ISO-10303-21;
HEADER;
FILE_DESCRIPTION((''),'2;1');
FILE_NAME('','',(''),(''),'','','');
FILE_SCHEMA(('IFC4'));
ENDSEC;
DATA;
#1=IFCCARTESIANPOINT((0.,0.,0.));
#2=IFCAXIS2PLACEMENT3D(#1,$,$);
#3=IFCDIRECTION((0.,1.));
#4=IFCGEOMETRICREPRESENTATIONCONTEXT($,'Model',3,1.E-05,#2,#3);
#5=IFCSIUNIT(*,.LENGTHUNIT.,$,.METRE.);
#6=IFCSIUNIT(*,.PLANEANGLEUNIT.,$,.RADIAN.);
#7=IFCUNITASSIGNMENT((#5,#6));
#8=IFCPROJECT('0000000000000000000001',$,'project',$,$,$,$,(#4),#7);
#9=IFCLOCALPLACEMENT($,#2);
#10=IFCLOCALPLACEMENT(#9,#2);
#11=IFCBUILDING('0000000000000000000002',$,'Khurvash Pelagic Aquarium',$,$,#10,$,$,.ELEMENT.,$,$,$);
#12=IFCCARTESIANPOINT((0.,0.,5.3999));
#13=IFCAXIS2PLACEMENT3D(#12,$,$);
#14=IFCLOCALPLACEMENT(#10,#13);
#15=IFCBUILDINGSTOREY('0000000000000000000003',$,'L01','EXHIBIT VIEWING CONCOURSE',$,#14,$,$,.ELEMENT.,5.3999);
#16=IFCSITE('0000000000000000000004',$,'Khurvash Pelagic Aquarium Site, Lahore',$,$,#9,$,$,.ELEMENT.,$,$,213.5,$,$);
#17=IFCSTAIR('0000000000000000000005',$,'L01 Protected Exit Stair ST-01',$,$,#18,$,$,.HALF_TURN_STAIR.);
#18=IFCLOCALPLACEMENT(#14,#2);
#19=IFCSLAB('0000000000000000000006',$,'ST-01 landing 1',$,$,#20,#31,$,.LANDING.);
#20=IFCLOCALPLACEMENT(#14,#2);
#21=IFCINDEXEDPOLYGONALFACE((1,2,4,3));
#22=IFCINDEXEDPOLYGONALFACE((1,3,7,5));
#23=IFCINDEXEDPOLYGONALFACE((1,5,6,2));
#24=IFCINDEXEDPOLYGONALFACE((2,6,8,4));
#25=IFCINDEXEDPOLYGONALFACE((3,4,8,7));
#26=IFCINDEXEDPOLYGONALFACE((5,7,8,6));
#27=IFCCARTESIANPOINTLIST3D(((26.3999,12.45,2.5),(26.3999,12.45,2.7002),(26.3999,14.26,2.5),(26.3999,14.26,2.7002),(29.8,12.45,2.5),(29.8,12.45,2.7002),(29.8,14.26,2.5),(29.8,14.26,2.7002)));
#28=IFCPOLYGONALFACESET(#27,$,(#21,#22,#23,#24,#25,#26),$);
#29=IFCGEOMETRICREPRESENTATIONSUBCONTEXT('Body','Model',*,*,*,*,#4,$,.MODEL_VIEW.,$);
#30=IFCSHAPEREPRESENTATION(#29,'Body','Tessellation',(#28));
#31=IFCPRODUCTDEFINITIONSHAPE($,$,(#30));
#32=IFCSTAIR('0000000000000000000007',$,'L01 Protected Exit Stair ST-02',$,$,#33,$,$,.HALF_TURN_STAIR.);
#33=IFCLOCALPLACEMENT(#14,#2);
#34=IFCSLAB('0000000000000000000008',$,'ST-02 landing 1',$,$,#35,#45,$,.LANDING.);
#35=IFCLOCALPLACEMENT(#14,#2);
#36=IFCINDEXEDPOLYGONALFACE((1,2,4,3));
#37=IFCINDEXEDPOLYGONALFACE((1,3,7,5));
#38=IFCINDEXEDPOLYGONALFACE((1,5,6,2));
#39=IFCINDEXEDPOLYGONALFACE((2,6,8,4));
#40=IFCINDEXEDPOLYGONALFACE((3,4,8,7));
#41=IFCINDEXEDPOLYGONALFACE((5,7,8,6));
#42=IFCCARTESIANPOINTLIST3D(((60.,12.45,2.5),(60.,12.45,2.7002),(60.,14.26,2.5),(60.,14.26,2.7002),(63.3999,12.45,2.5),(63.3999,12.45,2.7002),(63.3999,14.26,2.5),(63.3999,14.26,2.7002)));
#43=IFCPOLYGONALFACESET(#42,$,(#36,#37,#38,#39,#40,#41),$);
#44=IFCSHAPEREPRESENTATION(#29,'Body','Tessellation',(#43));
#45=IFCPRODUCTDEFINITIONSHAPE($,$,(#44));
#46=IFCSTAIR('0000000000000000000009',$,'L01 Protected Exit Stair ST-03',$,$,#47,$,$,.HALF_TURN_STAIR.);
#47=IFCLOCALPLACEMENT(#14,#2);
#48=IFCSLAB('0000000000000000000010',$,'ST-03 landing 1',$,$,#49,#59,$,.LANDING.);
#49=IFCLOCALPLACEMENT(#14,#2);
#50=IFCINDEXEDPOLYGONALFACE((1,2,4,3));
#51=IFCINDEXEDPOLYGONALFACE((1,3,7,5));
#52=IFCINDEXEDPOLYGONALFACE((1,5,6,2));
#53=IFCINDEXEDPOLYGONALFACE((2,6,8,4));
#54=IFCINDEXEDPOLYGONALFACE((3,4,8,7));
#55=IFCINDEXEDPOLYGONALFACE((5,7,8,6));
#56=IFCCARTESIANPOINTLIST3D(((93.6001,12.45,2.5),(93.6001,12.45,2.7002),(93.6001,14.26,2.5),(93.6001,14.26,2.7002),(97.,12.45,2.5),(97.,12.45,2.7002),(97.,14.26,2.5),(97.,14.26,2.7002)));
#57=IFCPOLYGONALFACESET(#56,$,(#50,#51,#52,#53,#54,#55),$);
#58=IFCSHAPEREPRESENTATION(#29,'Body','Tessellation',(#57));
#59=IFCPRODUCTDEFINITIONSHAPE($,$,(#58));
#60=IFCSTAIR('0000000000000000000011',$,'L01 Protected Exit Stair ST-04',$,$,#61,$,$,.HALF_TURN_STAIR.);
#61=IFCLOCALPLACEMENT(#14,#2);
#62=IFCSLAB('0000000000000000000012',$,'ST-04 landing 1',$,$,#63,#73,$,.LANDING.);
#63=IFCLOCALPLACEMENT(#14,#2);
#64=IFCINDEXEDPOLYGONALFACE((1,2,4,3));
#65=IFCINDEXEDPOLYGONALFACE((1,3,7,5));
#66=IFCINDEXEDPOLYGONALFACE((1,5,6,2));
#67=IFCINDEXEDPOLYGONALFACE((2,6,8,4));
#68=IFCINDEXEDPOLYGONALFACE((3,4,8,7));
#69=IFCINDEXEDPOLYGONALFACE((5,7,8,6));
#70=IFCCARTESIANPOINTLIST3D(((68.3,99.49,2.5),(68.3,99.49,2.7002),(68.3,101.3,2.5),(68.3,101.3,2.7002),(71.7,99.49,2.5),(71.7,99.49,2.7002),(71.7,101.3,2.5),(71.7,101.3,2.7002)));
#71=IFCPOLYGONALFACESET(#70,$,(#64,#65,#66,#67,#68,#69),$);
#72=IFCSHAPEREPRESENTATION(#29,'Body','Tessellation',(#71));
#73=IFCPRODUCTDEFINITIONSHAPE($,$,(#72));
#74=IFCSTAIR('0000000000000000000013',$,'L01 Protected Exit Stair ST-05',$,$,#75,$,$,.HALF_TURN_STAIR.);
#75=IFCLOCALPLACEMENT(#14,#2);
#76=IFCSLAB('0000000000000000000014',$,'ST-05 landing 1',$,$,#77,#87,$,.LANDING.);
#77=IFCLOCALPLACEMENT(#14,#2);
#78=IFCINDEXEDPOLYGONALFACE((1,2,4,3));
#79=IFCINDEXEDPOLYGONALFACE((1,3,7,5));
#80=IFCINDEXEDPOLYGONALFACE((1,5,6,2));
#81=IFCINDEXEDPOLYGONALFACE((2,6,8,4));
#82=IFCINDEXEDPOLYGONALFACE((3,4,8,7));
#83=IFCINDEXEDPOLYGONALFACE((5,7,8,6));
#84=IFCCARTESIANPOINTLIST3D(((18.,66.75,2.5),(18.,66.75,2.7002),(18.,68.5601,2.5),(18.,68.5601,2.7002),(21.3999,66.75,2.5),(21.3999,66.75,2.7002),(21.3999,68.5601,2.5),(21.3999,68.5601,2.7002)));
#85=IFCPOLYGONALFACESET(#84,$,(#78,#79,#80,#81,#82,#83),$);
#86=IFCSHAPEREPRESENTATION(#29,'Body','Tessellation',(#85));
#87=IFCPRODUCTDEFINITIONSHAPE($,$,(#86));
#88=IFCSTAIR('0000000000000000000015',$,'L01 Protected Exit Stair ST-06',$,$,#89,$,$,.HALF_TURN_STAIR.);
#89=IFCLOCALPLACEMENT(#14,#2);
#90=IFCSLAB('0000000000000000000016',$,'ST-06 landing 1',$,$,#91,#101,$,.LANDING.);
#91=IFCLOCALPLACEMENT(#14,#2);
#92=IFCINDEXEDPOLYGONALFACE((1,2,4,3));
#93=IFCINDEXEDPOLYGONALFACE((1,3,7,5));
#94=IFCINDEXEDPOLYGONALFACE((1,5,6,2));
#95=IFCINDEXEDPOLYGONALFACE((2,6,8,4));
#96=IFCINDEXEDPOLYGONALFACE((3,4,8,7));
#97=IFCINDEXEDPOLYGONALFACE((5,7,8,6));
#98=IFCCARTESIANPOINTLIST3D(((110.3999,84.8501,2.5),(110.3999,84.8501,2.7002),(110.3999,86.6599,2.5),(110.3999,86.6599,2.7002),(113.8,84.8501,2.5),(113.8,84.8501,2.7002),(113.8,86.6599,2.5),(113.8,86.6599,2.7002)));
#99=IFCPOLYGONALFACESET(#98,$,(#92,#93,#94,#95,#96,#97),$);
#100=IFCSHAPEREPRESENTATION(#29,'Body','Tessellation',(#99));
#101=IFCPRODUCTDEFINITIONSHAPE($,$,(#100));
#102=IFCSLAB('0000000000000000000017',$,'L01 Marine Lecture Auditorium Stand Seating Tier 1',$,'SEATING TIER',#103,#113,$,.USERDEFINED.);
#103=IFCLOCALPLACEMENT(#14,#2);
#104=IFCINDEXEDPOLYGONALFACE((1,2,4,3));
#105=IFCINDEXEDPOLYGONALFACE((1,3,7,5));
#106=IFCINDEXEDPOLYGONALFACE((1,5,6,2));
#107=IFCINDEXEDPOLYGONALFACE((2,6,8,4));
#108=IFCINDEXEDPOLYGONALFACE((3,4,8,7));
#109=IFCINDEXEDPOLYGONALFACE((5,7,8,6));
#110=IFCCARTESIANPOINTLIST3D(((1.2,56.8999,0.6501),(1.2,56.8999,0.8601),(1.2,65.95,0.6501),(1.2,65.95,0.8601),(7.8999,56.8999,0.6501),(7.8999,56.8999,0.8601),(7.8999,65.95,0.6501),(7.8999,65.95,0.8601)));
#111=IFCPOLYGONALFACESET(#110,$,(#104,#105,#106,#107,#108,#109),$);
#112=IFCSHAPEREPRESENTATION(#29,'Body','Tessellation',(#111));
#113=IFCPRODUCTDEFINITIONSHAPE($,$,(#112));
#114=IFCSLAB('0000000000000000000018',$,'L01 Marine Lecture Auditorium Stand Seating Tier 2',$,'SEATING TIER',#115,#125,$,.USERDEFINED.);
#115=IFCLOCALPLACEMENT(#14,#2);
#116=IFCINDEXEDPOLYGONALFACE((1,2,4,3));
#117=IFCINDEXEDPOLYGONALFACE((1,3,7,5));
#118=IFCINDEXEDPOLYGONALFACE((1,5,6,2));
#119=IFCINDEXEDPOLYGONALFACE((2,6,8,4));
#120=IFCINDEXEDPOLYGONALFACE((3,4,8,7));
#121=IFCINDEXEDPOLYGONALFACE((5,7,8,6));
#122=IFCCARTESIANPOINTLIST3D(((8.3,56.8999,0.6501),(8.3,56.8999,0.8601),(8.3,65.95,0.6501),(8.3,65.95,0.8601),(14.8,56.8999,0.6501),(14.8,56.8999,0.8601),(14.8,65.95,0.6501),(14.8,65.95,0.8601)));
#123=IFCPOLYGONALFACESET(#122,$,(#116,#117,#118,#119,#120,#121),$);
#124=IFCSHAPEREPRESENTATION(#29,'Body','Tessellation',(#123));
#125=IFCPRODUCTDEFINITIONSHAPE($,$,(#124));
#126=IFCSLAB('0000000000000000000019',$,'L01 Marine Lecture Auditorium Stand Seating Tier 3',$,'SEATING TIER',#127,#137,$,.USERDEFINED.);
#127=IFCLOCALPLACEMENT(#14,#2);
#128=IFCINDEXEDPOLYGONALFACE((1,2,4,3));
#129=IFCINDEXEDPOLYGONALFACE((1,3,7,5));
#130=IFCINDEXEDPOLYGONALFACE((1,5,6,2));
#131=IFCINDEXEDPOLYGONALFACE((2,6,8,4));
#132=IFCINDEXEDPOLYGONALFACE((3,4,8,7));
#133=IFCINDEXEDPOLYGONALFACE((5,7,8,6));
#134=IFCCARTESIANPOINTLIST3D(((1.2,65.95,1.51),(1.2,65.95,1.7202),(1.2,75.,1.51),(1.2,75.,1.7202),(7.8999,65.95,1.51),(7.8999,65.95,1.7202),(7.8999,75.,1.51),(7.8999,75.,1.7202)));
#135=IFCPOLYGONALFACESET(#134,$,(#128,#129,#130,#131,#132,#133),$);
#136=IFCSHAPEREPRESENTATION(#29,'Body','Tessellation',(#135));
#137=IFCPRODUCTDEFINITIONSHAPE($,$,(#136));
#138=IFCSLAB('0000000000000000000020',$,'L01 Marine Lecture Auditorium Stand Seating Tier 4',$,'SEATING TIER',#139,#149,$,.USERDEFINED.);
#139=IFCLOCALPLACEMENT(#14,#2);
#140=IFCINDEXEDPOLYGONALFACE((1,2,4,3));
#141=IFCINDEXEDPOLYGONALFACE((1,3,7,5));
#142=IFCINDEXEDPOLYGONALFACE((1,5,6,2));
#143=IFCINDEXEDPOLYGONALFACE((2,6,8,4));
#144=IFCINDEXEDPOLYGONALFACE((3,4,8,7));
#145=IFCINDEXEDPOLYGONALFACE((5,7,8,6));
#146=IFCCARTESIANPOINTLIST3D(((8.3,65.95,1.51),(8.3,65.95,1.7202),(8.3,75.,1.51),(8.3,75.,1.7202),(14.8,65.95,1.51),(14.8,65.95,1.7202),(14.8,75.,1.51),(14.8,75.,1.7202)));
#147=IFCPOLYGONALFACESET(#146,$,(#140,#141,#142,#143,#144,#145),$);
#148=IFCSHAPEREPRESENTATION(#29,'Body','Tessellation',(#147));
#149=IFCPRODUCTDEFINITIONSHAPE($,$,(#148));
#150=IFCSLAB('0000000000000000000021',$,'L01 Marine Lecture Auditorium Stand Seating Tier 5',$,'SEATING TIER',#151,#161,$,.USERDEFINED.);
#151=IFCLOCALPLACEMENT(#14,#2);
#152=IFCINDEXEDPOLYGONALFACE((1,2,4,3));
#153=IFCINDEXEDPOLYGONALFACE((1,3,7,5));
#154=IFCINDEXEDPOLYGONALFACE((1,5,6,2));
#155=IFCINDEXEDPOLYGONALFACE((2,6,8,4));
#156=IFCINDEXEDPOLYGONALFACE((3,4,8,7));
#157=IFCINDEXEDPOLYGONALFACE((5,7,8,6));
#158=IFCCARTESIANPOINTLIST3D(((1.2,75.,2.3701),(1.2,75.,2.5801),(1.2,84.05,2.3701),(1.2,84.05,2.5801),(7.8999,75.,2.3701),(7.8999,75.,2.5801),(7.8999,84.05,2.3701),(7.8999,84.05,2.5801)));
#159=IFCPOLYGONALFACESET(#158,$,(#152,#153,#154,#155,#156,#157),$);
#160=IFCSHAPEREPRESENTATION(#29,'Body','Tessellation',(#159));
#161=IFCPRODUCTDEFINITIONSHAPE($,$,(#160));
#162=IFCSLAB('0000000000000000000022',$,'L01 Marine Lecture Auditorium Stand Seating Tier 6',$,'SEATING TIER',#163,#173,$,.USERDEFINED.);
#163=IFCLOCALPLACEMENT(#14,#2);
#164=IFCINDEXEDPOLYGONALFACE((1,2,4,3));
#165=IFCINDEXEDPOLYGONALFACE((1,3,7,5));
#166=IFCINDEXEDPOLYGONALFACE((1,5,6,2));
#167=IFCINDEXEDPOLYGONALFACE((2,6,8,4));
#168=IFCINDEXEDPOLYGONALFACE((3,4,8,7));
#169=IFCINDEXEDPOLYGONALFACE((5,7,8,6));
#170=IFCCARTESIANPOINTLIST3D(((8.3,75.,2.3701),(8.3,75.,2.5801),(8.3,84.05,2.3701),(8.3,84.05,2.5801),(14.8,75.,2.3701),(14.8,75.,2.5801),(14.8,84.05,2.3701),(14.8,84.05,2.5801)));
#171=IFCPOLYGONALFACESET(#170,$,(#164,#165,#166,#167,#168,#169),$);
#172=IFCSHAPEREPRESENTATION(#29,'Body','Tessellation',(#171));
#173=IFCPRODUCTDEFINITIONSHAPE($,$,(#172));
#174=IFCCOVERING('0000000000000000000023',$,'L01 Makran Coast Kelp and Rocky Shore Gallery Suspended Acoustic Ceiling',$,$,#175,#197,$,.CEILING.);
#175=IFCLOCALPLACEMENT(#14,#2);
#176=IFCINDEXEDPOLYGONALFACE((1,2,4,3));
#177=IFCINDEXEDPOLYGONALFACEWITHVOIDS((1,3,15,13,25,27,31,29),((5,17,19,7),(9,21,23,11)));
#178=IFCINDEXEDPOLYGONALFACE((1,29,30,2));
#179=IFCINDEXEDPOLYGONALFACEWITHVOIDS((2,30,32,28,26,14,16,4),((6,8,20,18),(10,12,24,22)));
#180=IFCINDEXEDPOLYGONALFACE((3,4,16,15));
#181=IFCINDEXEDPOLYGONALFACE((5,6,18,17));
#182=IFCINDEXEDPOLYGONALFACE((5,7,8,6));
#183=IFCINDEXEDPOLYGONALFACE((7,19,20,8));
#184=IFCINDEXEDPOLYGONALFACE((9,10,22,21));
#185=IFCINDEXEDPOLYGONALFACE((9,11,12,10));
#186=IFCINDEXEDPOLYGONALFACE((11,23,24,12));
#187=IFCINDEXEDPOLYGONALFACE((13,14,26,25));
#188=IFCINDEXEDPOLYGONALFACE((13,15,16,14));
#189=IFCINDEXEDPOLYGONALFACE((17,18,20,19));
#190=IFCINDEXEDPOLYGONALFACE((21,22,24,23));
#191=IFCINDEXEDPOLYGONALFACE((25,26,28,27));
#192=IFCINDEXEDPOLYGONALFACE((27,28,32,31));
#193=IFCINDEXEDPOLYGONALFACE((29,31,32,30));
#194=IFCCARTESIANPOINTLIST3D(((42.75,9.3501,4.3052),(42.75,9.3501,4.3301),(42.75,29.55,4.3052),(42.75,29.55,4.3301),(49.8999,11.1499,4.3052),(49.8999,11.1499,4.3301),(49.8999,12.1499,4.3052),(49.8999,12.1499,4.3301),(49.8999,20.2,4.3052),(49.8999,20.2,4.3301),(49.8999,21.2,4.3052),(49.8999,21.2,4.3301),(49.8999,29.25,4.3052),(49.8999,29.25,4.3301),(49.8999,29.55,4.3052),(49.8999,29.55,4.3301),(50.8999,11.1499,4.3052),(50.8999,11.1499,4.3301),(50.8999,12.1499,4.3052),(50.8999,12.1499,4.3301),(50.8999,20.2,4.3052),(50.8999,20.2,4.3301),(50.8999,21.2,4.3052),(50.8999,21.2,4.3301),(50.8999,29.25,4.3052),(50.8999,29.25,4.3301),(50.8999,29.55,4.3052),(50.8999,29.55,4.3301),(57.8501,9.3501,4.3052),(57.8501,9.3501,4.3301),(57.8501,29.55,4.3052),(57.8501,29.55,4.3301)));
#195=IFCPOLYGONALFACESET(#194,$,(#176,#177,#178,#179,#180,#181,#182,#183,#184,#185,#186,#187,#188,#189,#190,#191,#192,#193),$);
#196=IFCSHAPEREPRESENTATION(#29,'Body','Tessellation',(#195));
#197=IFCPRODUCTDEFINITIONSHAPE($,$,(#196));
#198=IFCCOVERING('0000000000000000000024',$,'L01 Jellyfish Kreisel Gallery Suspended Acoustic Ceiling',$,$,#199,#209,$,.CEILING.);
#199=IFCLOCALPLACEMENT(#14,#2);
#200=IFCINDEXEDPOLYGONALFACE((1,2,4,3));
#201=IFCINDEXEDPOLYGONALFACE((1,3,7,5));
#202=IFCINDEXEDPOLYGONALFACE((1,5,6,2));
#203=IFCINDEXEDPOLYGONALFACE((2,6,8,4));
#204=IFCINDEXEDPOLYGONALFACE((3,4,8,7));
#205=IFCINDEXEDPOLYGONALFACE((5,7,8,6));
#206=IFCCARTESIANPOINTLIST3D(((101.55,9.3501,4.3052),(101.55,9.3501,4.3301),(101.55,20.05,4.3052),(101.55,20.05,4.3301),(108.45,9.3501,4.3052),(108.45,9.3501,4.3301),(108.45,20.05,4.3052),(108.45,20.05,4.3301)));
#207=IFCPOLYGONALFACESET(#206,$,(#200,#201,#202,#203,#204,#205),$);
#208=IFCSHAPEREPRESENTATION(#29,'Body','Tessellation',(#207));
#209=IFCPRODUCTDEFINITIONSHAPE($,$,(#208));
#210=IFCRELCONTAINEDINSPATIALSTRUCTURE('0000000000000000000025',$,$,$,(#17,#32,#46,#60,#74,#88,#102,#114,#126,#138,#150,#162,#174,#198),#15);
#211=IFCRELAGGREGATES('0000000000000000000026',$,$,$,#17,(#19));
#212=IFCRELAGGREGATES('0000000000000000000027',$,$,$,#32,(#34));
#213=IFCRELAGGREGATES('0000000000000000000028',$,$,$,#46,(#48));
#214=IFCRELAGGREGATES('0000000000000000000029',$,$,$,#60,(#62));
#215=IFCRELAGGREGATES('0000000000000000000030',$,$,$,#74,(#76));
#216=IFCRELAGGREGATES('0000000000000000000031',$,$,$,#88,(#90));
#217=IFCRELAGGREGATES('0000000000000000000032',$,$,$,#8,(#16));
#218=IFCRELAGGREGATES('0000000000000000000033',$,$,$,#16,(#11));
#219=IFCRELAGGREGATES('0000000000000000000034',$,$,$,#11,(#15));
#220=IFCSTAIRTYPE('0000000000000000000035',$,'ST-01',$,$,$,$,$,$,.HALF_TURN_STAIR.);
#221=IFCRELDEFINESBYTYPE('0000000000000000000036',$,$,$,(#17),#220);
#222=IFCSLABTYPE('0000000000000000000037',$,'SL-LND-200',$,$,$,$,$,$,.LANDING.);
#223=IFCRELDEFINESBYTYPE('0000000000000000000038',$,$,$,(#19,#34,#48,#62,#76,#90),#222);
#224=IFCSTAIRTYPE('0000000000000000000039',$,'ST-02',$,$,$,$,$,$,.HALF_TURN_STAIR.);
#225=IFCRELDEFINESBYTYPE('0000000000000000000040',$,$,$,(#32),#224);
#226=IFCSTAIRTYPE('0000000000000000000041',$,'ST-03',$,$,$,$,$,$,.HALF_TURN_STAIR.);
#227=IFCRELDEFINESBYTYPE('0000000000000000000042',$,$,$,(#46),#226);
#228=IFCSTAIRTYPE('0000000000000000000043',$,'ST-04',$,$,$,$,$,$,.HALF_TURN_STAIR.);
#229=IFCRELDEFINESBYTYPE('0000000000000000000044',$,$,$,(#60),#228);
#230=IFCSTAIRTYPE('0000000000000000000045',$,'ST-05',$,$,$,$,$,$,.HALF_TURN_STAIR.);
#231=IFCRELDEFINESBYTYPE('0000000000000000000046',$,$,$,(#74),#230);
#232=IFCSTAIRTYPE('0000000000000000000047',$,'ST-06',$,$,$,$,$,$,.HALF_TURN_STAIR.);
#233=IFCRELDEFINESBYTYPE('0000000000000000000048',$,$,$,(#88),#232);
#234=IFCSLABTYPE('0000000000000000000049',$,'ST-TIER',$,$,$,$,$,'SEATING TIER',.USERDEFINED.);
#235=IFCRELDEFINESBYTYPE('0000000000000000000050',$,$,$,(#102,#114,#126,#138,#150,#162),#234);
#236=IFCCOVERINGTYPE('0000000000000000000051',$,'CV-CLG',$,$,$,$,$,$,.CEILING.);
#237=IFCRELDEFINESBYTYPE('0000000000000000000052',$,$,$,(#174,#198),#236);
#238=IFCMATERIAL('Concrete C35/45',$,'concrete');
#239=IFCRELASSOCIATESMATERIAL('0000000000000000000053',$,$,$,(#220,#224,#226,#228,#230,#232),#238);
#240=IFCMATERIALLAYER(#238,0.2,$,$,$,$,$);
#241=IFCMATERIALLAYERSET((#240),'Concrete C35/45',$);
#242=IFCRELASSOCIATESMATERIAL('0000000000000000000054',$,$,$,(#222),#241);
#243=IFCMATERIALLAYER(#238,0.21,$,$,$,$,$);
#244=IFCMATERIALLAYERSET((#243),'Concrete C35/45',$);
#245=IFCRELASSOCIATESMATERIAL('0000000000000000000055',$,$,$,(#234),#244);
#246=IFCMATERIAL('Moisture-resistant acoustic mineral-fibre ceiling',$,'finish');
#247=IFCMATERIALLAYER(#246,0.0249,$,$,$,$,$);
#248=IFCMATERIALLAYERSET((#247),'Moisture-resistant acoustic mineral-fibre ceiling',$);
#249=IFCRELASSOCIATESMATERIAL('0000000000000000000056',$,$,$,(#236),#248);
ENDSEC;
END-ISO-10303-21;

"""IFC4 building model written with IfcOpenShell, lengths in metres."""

from ifc_helpers import new_model, si_unit, direction, frame, origin, place, context, subcontext, project, spatial, polyline, outline, extrude, material, layer, layer_set, type_object, element, aggregate, save


model = new_model("IFC4")

# Units and contexts
model_context = context("Model", 3, precision=1e-05, world=origin(), true_north=direction((0.0, 1.0)))
body_context = subcontext(model_context, "Body", "Model", "MODEL_VIEW")
ifc_project = project(units=[si_unit("LENGTHUNIT", "METRE"), si_unit("PLANEANGLEUNIT", "RADIAN")], contexts=[model_context])

# Site, building, storey
site_placement = place(None, origin())
site = spatial("IfcSite", under=ifc_project, at=site_placement, Name="Khurvash Pelagic Aquarium Site, Lahore", CompositionType="ELEMENT", RefElevation=213.5)
building_placement = place(site_placement, origin())
building = spatial("IfcBuilding", under=site, at=building_placement, Name="Khurvash Pelagic Aquarium", CompositionType="ELEMENT")
storey_placement = place(building_placement, frame((0.0, 0.0, 5.3999)))
storey = spatial("IfcBuildingStorey", under=building, at=storey_placement, Name="L01", Description="EXHIBIT VIEWING CONCOURSE", CompositionType="ELEMENT", Elevation=5.3999)

# Stairs, slabs
ifc_material_1 = material(Name="Concrete C35/45", Category="concrete")
stair_type_1 = type_object("IfcStairType", Name="ST-01", PredefinedType="HALF_TURN_STAIR", material=ifc_material_1)
stair_1_placement = place(storey_placement, origin())
stair_1 = element("IfcStair", 1, at=stair_1_placement, inside=storey, type_object=stair_type_1, Name="L01 Protected Exit Stair ST-01", PredefinedType="HALF_TURN_STAIR")
ifc_layer_1 = layer(ifc_material_1, 0.2)
ifc_layer_set_1 = layer_set([ifc_layer_1], Name="Concrete C35/45")
slab_type_1 = type_object("IfcSlabType", Name="SL-LND-200", PredefinedType="LANDING", material=ifc_layer_set_1)
slab_1_placement = place(storey_placement, frame((0.0, 0.0, 2.5)))
slab_1 = element("IfcSlab", 2, at=slab_1_placement, type_object=slab_type_1, Name="ST-01 landing 1", PredefinedType="LANDING", context=body_context, shape_type="SweptSolid", body=[
    extrude(outline(polyline([(26.3999, 14.26), (26.3999, 12.45), (29.8, 12.45), (29.8, 14.26), (26.3999, 14.26)])), origin(), (0.0, 0.0, 1.0), 0.2002),
])
aggregate(stair_1, [slab_1])
stair_type_2 = type_object("IfcStairType", Name="ST-02", PredefinedType="HALF_TURN_STAIR", material=ifc_material_1)
stair_2_placement = place(storey_placement, origin())
stair_2 = element("IfcStair", 3, at=stair_2_placement, inside=storey, type_object=stair_type_2, Name="L01 Protected Exit Stair ST-02", PredefinedType="HALF_TURN_STAIR")
slab_2_placement = place(storey_placement, frame((0.0, 0.0, 2.5)))
slab_2 = element("IfcSlab", 4, at=slab_2_placement, type_object=slab_type_1, Name="ST-02 landing 1", PredefinedType="LANDING", context=body_context, shape_type="SweptSolid", body=[
    extrude(outline(polyline([(60.0, 14.26), (60.0, 12.45), (63.3999, 12.45), (63.3999, 14.26), (60.0, 14.26)])), origin(), (0.0, 0.0, 1.0), 0.2002),
])
aggregate(stair_2, [slab_2])
stair_type_3 = type_object("IfcStairType", Name="ST-03", PredefinedType="HALF_TURN_STAIR", material=ifc_material_1)
stair_3_placement = place(storey_placement, origin())
stair_3 = element("IfcStair", 5, at=stair_3_placement, inside=storey, type_object=stair_type_3, Name="L01 Protected Exit Stair ST-03", PredefinedType="HALF_TURN_STAIR")
slab_3_placement = place(storey_placement, frame((0.0, 0.0, 2.5)))
slab_3 = element("IfcSlab", 6, at=slab_3_placement, type_object=slab_type_1, Name="ST-03 landing 1", PredefinedType="LANDING", context=body_context, shape_type="SweptSolid", body=[
    extrude(outline(polyline([(93.6001, 14.26), (93.6001, 12.45), (97.0, 12.45), (97.0, 14.26), (93.6001, 14.26)])), origin(), (0.0, 0.0, 1.0), 0.2002),
])
aggregate(stair_3, [slab_3])
stair_type_4 = type_object("IfcStairType", Name="ST-04", PredefinedType="HALF_TURN_STAIR", material=ifc_material_1)
stair_4_placement = place(storey_placement, origin())
stair_4 = element("IfcStair", 7, at=stair_4_placement, inside=storey, type_object=stair_type_4, Name="L01 Protected Exit Stair ST-04", PredefinedType="HALF_TURN_STAIR")
slab_4_placement = place(storey_placement, frame((0.0, 0.0, 2.5)))
slab_4 = element("IfcSlab", 8, at=slab_4_placement, type_object=slab_type_1, Name="ST-04 landing 1", PredefinedType="LANDING", context=body_context, shape_type="SweptSolid", body=[
    extrude(outline(polyline([(71.7, 99.49), (71.7, 101.3), (68.3, 101.3), (68.3, 99.49), (71.7, 99.49)])), origin(), (0.0, 0.0, 1.0), 0.2002),
])
aggregate(stair_4, [slab_4])
stair_type_5 = type_object("IfcStairType", Name="ST-05", PredefinedType="HALF_TURN_STAIR", material=ifc_material_1)
stair_5_placement = place(storey_placement, origin())
stair_5 = element("IfcStair", 9, at=stair_5_placement, inside=storey, type_object=stair_type_5, Name="L01 Protected Exit Stair ST-05", PredefinedType="HALF_TURN_STAIR")
slab_5_placement = place(storey_placement, frame((0.0, 0.0, 2.5)))
slab_5 = element("IfcSlab", 10, at=slab_5_placement, type_object=slab_type_1, Name="ST-05 landing 1", PredefinedType="LANDING", context=body_context, shape_type="SweptSolid", body=[
    extrude(outline(polyline([(18.0, 68.5601), (18.0, 66.75), (21.3999, 66.75), (21.3999, 68.5601), (18.0, 68.5601)])), origin(), (0.0, 0.0, 1.0), 0.2002),
])
aggregate(stair_5, [slab_5])
stair_type_6 = type_object("IfcStairType", Name="ST-06", PredefinedType="HALF_TURN_STAIR", material=ifc_material_1)
stair_6_placement = place(storey_placement, origin())
stair_6 = element("IfcStair", 11, at=stair_6_placement, inside=storey, type_object=stair_type_6, Name="L01 Protected Exit Stair ST-06", PredefinedType="HALF_TURN_STAIR")
slab_6_placement = place(storey_placement, frame((0.0, 0.0, 2.5)))
slab_6 = element("IfcSlab", 12, at=slab_6_placement, type_object=slab_type_1, Name="ST-06 landing 1", PredefinedType="LANDING", context=body_context, shape_type="SweptSolid", body=[
    extrude(outline(polyline([(110.3999, 86.6599), (110.3999, 84.8501), (113.8, 84.8501), (113.8, 86.6599), (110.3999, 86.6599)])), origin(), (0.0, 0.0, 1.0), 0.2002),
])
aggregate(stair_6, [slab_6])

# Slabs
ifc_layer_2 = layer(ifc_material_1, 0.21)
ifc_layer_set_2 = layer_set([ifc_layer_2], Name="Concrete C35/45")
slab_type_2 = type_object("IfcSlabType", Name="ST-TIER", ElementType="SEATING TIER", PredefinedType="USERDEFINED", material=ifc_layer_set_2)
slab_7_placement = place(storey_placement, frame((0.0, 0.0, 0.6501)))
element("IfcSlab", 13, at=slab_7_placement, inside=storey, type_object=slab_type_2, Name="L01 Marine Lecture Auditorium Stand Seating Tier 1", ObjectType="SEATING TIER", PredefinedType="USERDEFINED", context=body_context, shape_type="SweptSolid", body=[
    extrude(outline(polyline([(1.2, 56.8999), (7.8999, 56.8999), (7.8999, 65.95), (1.2, 65.95), (1.2, 56.8999)])), origin(), (0.0, 0.0, 1.0), 0.21),
])
slab_8_placement = place(storey_placement, frame((0.0, 0.0, 0.6501)))
element("IfcSlab", 14, at=slab_8_placement, inside=storey, type_object=slab_type_2, Name="L01 Marine Lecture Auditorium Stand Seating Tier 2", ObjectType="SEATING TIER", PredefinedType="USERDEFINED", context=body_context, shape_type="SweptSolid", body=[
    extrude(outline(polyline([(8.3, 56.8999), (14.8, 56.8999), (14.8, 65.95), (8.3, 65.95), (8.3, 56.8999)])), origin(), (0.0, 0.0, 1.0), 0.21),
])
slab_9_placement = place(storey_placement, frame((0.0, 0.0, 1.51)))
element("IfcSlab", 15, at=slab_9_placement, inside=storey, type_object=slab_type_2, Name="L01 Marine Lecture Auditorium Stand Seating Tier 3", ObjectType="SEATING TIER", PredefinedType="USERDEFINED", context=body_context, shape_type="SweptSolid", body=[
    extrude(outline(polyline([(1.2, 65.95), (7.8999, 65.95), (7.8999, 75.0), (1.2, 75.0), (1.2, 65.95)])), origin(), (0.0, 0.0, 1.0), 0.2102),
])
slab_10_placement = place(storey_placement, frame((0.0, 0.0, 1.51)))
element("IfcSlab", 16, at=slab_10_placement, inside=storey, type_object=slab_type_2, Name="L01 Marine Lecture Auditorium Stand Seating Tier 4", ObjectType="SEATING TIER", PredefinedType="USERDEFINED", context=body_context, shape_type="SweptSolid", body=[
    extrude(outline(polyline([(8.3, 65.95), (14.8, 65.95), (14.8, 75.0), (8.3, 75.0), (8.3, 65.95)])), origin(), (0.0, 0.0, 1.0), 0.2102),
])
slab_11_placement = place(storey_placement, frame((0.0, 0.0, 2.3701)))
element("IfcSlab", 17, at=slab_11_placement, inside=storey, type_object=slab_type_2, Name="L01 Marine Lecture Auditorium Stand Seating Tier 5", ObjectType="SEATING TIER", PredefinedType="USERDEFINED", context=body_context, shape_type="SweptSolid", body=[
    extrude(outline(polyline([(1.2, 75.0), (7.8999, 75.0), (7.8999, 84.05), (1.2, 84.05), (1.2, 75.0)])), origin(), (0.0, 0.0, 1.0), 0.21),
])
slab_12_placement = place(storey_placement, frame((0.0, 0.0, 2.3701)))
element("IfcSlab", 18, at=slab_12_placement, inside=storey, type_object=slab_type_2, Name="L01 Marine Lecture Auditorium Stand Seating Tier 6", ObjectType="SEATING TIER", PredefinedType="USERDEFINED", context=body_context, shape_type="SweptSolid", body=[
    extrude(outline(polyline([(8.3, 75.0), (14.8, 75.0), (14.8, 84.05), (8.3, 84.05), (8.3, 75.0)])), origin(), (0.0, 0.0, 1.0), 0.21),
])

# Coverings
ifc_material_2 = material(Name="Moisture-resistant acoustic mineral-fibre ceiling", Category="finish")
ifc_layer_3 = layer(ifc_material_2, 0.0249)
ifc_layer_set_3 = layer_set([ifc_layer_3], Name="Moisture-resistant acoustic mineral-fibre ceiling")
covering_type_1 = type_object("IfcCoveringType", Name="CV-CLG", PredefinedType="CEILING", material=ifc_layer_set_3)
covering_1_placement = place(storey_placement, frame((0.0, 0.0, 4.3052)))
element("IfcCovering", 19, at=covering_1_placement, inside=storey, type_object=covering_type_1, Name="L01 Makran Coast Kelp and Rocky Shore Gallery Suspended Acoustic Ceiling", PredefinedType="CEILING", context=body_context, shape_type="SweptSolid", body=[
    extrude(outline(polyline([(57.8501, 29.55), (50.8999, 29.55), (50.8999, 29.25), (49.8999, 29.25), (49.8999, 29.55), (42.75, 29.55), (42.75, 9.3501), (57.8501, 9.3501), (57.8501, 29.55)]), holes=[polyline([(49.8999, 12.1499), (50.8999, 12.1499), (50.8999, 11.1499), (49.8999, 11.1499), (49.8999, 12.1499)]), polyline([(50.8999, 21.2), (50.8999, 20.2), (49.8999, 20.2), (49.8999, 21.2), (50.8999, 21.2)])]), origin(), (0.0, 0.0, 1.0), 0.0249),
])
covering_2_placement = place(storey_placement, frame((0.0, 0.0, 4.3052)))
element("IfcCovering", 20, at=covering_2_placement, inside=storey, type_object=covering_type_1, Name="L01 Jellyfish Kreisel Gallery Suspended Acoustic Ceiling", PredefinedType="CEILING", context=body_context, shape_type="SweptSolid", body=[
    extrude(outline(polyline([(108.45, 9.3501), (108.45, 20.05), (101.55, 20.05), (101.55, 9.3501), (108.45, 9.3501)])), origin(), (0.0, 0.0, 1.0), 0.0249),
])

save(model, "model.ifc")
